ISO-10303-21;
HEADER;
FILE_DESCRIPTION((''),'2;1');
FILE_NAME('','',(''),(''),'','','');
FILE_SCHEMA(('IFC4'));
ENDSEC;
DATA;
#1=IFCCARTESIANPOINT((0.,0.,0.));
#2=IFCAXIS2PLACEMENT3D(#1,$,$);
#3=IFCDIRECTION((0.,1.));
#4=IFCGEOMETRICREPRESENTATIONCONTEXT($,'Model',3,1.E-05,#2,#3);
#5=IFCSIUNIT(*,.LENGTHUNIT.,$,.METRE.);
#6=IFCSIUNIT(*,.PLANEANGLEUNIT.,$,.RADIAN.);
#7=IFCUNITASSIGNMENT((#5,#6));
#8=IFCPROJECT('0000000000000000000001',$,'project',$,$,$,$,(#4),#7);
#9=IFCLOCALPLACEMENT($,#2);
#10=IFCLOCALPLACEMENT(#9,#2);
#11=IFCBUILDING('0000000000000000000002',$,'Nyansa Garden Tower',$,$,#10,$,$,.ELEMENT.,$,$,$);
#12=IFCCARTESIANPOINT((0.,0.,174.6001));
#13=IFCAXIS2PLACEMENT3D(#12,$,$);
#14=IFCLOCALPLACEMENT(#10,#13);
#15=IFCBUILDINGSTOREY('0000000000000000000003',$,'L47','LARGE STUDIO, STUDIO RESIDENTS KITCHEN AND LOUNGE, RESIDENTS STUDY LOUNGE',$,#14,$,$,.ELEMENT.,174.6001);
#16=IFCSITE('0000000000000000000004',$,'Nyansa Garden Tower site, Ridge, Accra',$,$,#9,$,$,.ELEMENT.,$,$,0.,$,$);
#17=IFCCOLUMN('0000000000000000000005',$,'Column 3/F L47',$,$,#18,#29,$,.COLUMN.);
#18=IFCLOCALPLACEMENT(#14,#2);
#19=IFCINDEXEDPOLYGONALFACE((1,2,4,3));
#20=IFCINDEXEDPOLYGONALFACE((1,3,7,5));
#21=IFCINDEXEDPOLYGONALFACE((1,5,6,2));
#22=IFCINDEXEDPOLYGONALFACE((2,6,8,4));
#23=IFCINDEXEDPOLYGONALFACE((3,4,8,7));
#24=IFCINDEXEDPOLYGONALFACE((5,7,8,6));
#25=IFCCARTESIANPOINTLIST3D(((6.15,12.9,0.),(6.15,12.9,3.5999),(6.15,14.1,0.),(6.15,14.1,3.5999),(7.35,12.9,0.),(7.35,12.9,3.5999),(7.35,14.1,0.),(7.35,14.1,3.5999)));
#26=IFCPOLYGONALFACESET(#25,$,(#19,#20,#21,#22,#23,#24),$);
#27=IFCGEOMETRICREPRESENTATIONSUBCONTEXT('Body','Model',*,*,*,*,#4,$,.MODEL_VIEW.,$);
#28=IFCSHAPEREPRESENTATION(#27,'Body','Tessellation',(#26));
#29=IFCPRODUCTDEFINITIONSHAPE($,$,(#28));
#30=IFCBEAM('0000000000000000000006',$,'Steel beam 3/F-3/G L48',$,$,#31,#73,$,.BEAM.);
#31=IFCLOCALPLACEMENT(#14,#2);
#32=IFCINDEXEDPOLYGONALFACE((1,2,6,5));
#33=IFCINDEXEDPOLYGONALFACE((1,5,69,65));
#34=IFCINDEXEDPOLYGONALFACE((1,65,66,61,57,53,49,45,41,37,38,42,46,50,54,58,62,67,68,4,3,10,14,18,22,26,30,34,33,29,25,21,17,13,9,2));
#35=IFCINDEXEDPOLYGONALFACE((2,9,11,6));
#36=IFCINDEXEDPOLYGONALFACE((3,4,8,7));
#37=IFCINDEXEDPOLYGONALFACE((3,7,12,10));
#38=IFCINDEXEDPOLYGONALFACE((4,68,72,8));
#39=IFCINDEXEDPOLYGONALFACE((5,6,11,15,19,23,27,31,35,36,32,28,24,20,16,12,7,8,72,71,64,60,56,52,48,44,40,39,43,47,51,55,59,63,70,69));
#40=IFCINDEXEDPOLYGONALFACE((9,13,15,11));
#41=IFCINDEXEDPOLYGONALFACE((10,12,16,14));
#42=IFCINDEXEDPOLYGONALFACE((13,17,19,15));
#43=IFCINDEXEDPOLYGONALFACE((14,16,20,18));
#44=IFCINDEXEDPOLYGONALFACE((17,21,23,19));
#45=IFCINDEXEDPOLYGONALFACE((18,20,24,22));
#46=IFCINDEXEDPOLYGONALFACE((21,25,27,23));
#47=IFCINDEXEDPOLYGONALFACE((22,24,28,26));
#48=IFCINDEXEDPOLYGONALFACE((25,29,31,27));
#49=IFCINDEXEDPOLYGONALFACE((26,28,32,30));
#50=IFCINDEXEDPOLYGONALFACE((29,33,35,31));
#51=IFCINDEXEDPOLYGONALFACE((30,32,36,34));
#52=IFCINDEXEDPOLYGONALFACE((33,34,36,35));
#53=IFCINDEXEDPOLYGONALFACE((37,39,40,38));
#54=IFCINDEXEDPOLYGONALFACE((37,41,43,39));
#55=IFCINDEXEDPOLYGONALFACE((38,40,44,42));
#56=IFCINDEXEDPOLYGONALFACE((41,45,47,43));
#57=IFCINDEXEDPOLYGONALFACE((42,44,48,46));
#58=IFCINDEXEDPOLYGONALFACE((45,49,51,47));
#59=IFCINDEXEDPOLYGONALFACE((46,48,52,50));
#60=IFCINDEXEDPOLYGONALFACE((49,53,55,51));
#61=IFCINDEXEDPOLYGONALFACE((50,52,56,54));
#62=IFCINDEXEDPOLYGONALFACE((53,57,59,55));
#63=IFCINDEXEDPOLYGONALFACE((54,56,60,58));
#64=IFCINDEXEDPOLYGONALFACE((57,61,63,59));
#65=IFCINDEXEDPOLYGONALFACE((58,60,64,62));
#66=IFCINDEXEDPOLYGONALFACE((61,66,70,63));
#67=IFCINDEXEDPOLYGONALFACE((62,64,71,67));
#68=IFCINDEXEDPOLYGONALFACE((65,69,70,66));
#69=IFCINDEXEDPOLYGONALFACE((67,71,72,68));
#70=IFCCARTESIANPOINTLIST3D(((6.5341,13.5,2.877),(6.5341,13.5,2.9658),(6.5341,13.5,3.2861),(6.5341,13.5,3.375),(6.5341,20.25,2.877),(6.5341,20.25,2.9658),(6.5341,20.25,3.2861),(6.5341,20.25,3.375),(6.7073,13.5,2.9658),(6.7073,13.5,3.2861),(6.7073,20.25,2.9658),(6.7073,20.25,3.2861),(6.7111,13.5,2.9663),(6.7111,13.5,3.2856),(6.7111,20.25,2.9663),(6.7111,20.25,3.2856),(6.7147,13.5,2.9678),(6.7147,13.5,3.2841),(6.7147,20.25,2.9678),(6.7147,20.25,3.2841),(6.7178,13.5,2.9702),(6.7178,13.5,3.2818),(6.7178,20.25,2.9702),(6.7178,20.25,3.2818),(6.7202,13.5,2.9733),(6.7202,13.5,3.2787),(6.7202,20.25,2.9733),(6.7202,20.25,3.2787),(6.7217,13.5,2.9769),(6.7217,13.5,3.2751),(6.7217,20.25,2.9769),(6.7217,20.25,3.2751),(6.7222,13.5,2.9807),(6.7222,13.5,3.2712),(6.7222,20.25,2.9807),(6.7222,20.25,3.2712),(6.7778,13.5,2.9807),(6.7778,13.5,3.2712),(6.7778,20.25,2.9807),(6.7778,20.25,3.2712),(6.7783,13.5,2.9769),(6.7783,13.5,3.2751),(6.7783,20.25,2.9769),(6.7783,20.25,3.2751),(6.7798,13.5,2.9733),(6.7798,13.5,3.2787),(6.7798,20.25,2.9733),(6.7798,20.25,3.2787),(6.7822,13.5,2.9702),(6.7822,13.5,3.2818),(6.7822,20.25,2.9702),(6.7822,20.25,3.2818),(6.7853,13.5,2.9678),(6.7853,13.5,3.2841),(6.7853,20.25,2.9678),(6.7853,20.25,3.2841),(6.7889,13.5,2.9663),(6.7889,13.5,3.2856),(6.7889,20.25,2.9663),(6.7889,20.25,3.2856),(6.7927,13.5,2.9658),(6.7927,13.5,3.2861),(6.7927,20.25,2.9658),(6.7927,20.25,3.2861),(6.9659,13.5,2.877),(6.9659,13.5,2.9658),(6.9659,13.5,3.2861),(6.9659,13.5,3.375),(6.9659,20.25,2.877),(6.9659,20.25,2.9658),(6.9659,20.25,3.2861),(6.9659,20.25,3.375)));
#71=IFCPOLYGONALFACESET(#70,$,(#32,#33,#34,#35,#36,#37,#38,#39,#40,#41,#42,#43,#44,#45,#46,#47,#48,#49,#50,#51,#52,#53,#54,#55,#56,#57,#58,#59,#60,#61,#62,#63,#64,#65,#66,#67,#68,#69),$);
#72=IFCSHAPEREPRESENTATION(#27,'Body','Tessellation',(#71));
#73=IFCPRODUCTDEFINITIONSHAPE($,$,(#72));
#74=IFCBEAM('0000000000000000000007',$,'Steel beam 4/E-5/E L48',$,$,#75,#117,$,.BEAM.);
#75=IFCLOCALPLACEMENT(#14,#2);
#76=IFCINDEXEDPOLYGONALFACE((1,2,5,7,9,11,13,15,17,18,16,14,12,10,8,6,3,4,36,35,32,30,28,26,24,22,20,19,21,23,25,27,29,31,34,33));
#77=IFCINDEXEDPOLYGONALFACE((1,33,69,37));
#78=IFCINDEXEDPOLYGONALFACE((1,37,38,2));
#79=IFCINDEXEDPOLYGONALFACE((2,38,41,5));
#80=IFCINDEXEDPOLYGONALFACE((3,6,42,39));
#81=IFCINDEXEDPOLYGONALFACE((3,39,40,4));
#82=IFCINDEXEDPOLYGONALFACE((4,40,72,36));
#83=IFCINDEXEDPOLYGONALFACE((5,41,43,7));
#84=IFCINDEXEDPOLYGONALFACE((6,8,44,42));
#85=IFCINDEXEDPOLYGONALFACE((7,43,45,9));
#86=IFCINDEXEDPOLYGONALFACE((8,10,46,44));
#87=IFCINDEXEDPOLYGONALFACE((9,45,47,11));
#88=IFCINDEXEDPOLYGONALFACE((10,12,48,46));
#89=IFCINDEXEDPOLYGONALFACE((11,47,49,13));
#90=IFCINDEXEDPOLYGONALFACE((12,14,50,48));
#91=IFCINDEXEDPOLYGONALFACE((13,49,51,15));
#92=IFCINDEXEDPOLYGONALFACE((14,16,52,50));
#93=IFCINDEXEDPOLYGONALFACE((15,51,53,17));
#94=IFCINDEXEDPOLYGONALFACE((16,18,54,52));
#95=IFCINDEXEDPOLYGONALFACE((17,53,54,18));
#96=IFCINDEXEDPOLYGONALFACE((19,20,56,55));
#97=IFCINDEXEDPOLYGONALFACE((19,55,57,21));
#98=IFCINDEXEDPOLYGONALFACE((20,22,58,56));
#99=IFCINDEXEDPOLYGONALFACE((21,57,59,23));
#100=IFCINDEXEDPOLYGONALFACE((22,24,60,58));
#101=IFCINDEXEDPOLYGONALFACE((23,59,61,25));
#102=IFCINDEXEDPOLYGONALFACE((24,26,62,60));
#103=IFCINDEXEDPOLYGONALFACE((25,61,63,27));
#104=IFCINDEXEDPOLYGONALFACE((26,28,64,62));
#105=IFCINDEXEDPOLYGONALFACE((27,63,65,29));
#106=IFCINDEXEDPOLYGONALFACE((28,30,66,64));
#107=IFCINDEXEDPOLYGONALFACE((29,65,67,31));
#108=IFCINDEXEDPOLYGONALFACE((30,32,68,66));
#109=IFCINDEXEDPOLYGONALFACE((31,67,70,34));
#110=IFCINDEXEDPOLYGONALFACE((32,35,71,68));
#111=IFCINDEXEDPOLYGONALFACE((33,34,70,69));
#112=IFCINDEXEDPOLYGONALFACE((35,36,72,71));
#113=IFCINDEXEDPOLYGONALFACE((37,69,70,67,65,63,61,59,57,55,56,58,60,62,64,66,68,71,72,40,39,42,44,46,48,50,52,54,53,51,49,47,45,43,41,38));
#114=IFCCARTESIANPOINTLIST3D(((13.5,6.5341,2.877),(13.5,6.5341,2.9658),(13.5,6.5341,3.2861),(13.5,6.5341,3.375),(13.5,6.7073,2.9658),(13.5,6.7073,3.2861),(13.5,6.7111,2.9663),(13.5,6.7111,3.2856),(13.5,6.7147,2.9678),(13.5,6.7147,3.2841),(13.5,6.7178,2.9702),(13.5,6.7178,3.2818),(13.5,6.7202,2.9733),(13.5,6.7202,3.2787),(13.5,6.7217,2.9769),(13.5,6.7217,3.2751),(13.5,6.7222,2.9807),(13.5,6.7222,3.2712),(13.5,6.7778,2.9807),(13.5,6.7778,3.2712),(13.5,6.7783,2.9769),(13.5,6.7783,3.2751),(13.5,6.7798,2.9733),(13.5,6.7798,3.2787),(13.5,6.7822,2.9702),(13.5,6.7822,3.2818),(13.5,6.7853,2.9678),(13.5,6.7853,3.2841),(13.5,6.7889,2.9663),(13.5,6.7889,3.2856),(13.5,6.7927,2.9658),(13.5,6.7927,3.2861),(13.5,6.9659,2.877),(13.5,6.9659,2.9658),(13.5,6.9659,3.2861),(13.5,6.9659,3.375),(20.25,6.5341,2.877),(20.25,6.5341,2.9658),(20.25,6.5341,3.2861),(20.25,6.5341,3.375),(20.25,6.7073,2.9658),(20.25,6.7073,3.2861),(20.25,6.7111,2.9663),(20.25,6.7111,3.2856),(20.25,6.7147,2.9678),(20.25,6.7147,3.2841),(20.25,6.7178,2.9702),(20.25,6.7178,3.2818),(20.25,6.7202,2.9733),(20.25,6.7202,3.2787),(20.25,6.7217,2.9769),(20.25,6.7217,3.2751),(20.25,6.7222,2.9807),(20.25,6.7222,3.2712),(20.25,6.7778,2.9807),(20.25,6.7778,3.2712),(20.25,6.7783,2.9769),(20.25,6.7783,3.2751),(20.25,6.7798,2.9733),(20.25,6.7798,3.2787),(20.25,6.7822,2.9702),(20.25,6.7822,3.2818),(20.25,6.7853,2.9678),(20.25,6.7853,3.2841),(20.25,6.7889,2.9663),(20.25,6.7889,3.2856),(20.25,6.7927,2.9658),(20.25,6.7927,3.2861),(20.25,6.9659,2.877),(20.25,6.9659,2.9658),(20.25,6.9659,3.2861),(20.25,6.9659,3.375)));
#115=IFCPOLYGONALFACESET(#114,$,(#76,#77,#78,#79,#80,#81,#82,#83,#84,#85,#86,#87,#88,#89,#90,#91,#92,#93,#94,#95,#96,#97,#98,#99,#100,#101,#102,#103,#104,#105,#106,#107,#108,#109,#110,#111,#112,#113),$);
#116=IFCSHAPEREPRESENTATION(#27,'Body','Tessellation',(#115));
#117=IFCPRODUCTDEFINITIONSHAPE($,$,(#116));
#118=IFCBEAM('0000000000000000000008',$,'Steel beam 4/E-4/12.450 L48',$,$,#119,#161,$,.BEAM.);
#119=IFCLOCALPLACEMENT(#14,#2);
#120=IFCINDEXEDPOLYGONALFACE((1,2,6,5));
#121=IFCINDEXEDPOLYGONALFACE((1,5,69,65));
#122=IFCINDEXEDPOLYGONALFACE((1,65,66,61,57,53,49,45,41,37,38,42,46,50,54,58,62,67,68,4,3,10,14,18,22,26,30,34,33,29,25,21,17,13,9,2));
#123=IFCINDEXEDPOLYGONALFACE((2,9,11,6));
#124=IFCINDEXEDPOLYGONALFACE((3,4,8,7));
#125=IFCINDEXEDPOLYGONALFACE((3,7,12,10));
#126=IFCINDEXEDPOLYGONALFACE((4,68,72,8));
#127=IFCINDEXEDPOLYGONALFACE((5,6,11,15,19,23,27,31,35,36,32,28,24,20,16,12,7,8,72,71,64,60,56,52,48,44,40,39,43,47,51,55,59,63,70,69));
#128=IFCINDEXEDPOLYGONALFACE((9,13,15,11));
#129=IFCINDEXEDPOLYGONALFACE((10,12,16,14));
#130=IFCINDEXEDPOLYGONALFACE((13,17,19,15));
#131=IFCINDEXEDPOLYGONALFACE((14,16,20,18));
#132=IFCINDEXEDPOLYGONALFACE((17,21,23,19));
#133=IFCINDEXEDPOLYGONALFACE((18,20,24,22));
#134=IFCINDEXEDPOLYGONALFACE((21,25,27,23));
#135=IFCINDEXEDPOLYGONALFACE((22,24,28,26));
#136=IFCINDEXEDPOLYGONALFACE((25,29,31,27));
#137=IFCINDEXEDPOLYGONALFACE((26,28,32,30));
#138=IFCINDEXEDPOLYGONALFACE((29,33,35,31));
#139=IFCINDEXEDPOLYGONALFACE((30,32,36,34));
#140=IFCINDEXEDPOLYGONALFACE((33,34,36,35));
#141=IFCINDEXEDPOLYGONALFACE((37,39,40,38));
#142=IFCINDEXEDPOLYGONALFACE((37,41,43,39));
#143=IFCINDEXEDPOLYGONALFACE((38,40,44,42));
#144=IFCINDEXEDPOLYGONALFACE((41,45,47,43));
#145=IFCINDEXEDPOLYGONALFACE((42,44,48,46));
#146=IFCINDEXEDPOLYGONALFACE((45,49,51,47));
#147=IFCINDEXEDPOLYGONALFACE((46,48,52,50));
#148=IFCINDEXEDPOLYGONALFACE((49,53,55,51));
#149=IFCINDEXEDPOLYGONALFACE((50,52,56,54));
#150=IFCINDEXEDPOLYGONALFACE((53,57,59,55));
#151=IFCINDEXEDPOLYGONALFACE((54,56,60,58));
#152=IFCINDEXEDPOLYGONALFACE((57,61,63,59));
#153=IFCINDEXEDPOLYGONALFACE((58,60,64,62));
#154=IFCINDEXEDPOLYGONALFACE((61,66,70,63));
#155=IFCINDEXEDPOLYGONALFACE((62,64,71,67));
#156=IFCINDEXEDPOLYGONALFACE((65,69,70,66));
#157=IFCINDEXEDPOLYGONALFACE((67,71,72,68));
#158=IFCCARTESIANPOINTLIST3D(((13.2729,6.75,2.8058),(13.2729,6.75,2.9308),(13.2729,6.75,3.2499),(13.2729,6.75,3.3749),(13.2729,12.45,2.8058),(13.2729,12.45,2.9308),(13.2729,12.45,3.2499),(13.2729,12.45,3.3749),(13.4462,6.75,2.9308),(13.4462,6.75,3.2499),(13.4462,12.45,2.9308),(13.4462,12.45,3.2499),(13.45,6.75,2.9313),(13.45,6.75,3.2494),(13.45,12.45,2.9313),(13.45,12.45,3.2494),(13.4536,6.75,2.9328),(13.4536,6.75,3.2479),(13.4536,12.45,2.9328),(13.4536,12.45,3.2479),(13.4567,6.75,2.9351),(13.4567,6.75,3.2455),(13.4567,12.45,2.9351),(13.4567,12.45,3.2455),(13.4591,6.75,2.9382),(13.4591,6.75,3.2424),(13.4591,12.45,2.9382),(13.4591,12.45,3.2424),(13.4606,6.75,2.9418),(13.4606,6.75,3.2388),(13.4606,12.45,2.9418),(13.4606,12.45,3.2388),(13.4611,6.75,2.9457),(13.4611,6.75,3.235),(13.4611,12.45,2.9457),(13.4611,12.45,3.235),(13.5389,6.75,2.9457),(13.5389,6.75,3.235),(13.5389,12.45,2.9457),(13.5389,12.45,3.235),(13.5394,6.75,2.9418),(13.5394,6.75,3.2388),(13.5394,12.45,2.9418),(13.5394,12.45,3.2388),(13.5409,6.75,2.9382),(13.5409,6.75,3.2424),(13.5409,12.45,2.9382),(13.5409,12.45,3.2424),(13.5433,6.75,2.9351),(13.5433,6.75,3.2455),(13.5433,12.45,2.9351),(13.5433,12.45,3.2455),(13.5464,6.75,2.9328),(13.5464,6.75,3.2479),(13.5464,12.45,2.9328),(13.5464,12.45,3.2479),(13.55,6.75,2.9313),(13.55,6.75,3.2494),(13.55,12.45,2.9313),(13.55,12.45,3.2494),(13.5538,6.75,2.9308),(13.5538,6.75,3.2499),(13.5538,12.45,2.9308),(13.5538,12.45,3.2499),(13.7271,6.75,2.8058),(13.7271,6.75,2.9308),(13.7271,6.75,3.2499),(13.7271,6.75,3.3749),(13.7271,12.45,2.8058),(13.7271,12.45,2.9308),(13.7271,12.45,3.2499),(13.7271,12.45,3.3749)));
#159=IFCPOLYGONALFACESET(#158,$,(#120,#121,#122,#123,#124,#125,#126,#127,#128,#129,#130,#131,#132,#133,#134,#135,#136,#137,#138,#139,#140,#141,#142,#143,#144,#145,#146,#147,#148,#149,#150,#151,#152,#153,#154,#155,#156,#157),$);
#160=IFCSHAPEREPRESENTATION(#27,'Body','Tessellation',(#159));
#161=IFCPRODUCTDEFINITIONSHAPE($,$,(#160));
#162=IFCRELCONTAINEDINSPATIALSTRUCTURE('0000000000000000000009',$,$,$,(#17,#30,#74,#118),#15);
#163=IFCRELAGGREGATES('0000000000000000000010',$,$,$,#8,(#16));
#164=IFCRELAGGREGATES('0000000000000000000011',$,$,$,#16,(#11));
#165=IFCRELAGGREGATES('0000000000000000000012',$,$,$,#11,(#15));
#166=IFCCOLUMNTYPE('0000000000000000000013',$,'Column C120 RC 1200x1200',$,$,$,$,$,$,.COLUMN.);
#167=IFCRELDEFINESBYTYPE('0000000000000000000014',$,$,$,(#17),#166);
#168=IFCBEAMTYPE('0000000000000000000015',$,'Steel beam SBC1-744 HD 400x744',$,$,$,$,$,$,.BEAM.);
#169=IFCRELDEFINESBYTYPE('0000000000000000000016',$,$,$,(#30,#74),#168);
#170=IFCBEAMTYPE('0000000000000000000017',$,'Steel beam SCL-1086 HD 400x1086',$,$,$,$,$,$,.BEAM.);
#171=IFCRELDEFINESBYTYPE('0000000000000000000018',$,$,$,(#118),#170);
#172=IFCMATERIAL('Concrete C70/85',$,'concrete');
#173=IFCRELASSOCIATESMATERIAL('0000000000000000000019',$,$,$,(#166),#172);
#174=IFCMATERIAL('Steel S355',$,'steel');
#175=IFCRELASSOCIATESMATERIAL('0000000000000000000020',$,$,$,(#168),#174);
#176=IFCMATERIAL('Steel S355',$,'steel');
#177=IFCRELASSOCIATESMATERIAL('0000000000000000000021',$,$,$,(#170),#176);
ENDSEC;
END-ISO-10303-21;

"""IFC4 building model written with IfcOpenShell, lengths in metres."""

from ifc_helpers import new_model, si_unit, direction, frame, origin, origin_2d, place, context, subcontext, project, spatial, rectangle, i_section, extrude, material, material_profile, profile_set, type_object, element, save


model = new_model("IFC4")

# Units and contexts
model_context = context("Model", 3, precision=1e-05, world=origin(), true_north=direction((0.0, 1.0)))
body_context = subcontext(model_context, "Body", "Model", "MODEL_VIEW")
ifc_project = project(units=[si_unit("LENGTHUNIT", "METRE"), si_unit("PLANEANGLEUNIT", "RADIAN")], contexts=[model_context])

# Site, building, storey
site_placement = place(None, origin())
site = spatial("IfcSite", under=ifc_project, at=site_placement, Name="Nyansa Garden Tower site, Ridge, Accra", CompositionType="ELEMENT", RefElevation=0.0)
building_placement = place(site_placement, origin())
building = spatial("IfcBuilding", under=site, at=building_placement, Name="Nyansa Garden Tower", CompositionType="ELEMENT")
storey_placement = place(building_placement, frame((0.0, 0.0, 174.6001)))
storey = spatial("IfcBuildingStorey", under=building, at=storey_placement, Name="L47", Description="LARGE STUDIO, STUDIO RESIDENTS KITCHEN AND LOUNGE, RESIDENTS STUDY LOUNGE", CompositionType="ELEMENT", Elevation=174.6001)

# Column
ifc_material_1 = material(Name="Concrete C70/85", Category="concrete")
ifc_material_profile_1 = material_profile(ifc_material_1, rectangle(XDim=1.2, YDim=1.2, at=origin_2d()), Name="RC 1200x1200")
ifc_profile_set_1 = profile_set([ifc_material_profile_1], Name="Concrete C70/85")
column_type = type_object("IfcColumnType", Name="Column C120 RC 1200x1200", PredefinedType="COLUMN", material=ifc_profile_set_1)
column_placement = place(storey_placement, frame((6.75, 13.5, 0.0), z_axis=(0.0, 0.0, 1.0), x_axis=(1.0, 0.0, 0.0)))
element("IfcColumn", 1, at=column_placement, inside=storey, type_object=column_type, Name="Column 3/F L47", PredefinedType="COLUMN", context=body_context, shape_type="SweptSolid", body=[
    extrude(rectangle(XDim=1.2, YDim=1.2, at=origin_2d()), origin(), (0.0, 0.0, 1.0), 3.5999),
])

# Beams
ifc_material_2 = material(Name="Steel S355", Category="steel")
ifc_material_profile_2 = material_profile(ifc_material_2, i_section(OverallWidth=0.4319, OverallDepth=0.498, WebThickness=0.0557, FlangeThickness=0.0889, FilletRadius=0.0149, at=origin_2d()), Name="HD 400x744")
ifc_profile_set_2 = profile_set([ifc_material_profile_2], Name="Steel S355")
beam_type_1 = type_object("IfcBeamType", Name="Steel beam SBC1-744 HD 400x744", PredefinedType="BEAM", material=ifc_profile_set_2)
for number, where, z_axis, x_axis, name in (
    (2, (6.75, 13.5, 3.126), (0.0, 1.0, 0.0), (-1.0, 0.0, 0.0), "Steel beam 3/F-3/G L48"),
    (3, (13.5, 6.75, 3.126), (1.0, 0.0, 0.0), (0.0, 1.0, 0.0), "Steel beam 4/E-5/E L48"),
):
    element("IfcBeam", number, at=place(storey_placement, frame(where, z_axis=z_axis, x_axis=x_axis)), inside=storey, type_object=beam_type_1, Name=name, PredefinedType="BEAM", context=body_context, shape_type="SweptSolid", body=[
        extrude(i_section(OverallWidth=0.4319, OverallDepth=0.498, WebThickness=0.0557, FlangeThickness=0.0889, FilletRadius=0.0149, at=origin_2d()), origin(), (0.0, 0.0, 1.0), 6.75),
    ])
ifc_material_3 = material(Name="Steel S355", Category="steel")
ifc_material_profile_3 = material_profile(ifc_material_3, i_section(OverallWidth=0.4541, OverallDepth=0.5691, WebThickness=0.0779, FlangeThickness=0.125, FilletRadius=0.0149, at=origin_2d()), Name="HD 400x1086")
ifc_profile_set_3 = profile_set([ifc_material_profile_3], Name="Steel S355")
beam_type_2 = type_object("IfcBeamType", Name="Steel beam SCL-1086 HD 400x1086", PredefinedType="BEAM", material=ifc_profile_set_3)
beam_1_placement = place(storey_placement, frame((13.5, 6.75, 3.0903), z_axis=(0.0, 1.0, 0.0), x_axis=(-1.0, 0.0, 0.0)))
element("IfcBeam", 4, at=beam_1_placement, inside=storey, type_object=beam_type_2, Name="Steel beam 4/E-4/12.450 L48", PredefinedType="BEAM", context=body_context, shape_type="SweptSolid", body=[
    extrude(i_section(OverallWidth=0.4541, OverallDepth=0.5691, WebThickness=0.0779, FlangeThickness=0.125, FilletRadius=0.0149, at=origin_2d()), origin(), (0.0, 0.0, 1.0), 5.7),
])

save(model, "model.ifc")
